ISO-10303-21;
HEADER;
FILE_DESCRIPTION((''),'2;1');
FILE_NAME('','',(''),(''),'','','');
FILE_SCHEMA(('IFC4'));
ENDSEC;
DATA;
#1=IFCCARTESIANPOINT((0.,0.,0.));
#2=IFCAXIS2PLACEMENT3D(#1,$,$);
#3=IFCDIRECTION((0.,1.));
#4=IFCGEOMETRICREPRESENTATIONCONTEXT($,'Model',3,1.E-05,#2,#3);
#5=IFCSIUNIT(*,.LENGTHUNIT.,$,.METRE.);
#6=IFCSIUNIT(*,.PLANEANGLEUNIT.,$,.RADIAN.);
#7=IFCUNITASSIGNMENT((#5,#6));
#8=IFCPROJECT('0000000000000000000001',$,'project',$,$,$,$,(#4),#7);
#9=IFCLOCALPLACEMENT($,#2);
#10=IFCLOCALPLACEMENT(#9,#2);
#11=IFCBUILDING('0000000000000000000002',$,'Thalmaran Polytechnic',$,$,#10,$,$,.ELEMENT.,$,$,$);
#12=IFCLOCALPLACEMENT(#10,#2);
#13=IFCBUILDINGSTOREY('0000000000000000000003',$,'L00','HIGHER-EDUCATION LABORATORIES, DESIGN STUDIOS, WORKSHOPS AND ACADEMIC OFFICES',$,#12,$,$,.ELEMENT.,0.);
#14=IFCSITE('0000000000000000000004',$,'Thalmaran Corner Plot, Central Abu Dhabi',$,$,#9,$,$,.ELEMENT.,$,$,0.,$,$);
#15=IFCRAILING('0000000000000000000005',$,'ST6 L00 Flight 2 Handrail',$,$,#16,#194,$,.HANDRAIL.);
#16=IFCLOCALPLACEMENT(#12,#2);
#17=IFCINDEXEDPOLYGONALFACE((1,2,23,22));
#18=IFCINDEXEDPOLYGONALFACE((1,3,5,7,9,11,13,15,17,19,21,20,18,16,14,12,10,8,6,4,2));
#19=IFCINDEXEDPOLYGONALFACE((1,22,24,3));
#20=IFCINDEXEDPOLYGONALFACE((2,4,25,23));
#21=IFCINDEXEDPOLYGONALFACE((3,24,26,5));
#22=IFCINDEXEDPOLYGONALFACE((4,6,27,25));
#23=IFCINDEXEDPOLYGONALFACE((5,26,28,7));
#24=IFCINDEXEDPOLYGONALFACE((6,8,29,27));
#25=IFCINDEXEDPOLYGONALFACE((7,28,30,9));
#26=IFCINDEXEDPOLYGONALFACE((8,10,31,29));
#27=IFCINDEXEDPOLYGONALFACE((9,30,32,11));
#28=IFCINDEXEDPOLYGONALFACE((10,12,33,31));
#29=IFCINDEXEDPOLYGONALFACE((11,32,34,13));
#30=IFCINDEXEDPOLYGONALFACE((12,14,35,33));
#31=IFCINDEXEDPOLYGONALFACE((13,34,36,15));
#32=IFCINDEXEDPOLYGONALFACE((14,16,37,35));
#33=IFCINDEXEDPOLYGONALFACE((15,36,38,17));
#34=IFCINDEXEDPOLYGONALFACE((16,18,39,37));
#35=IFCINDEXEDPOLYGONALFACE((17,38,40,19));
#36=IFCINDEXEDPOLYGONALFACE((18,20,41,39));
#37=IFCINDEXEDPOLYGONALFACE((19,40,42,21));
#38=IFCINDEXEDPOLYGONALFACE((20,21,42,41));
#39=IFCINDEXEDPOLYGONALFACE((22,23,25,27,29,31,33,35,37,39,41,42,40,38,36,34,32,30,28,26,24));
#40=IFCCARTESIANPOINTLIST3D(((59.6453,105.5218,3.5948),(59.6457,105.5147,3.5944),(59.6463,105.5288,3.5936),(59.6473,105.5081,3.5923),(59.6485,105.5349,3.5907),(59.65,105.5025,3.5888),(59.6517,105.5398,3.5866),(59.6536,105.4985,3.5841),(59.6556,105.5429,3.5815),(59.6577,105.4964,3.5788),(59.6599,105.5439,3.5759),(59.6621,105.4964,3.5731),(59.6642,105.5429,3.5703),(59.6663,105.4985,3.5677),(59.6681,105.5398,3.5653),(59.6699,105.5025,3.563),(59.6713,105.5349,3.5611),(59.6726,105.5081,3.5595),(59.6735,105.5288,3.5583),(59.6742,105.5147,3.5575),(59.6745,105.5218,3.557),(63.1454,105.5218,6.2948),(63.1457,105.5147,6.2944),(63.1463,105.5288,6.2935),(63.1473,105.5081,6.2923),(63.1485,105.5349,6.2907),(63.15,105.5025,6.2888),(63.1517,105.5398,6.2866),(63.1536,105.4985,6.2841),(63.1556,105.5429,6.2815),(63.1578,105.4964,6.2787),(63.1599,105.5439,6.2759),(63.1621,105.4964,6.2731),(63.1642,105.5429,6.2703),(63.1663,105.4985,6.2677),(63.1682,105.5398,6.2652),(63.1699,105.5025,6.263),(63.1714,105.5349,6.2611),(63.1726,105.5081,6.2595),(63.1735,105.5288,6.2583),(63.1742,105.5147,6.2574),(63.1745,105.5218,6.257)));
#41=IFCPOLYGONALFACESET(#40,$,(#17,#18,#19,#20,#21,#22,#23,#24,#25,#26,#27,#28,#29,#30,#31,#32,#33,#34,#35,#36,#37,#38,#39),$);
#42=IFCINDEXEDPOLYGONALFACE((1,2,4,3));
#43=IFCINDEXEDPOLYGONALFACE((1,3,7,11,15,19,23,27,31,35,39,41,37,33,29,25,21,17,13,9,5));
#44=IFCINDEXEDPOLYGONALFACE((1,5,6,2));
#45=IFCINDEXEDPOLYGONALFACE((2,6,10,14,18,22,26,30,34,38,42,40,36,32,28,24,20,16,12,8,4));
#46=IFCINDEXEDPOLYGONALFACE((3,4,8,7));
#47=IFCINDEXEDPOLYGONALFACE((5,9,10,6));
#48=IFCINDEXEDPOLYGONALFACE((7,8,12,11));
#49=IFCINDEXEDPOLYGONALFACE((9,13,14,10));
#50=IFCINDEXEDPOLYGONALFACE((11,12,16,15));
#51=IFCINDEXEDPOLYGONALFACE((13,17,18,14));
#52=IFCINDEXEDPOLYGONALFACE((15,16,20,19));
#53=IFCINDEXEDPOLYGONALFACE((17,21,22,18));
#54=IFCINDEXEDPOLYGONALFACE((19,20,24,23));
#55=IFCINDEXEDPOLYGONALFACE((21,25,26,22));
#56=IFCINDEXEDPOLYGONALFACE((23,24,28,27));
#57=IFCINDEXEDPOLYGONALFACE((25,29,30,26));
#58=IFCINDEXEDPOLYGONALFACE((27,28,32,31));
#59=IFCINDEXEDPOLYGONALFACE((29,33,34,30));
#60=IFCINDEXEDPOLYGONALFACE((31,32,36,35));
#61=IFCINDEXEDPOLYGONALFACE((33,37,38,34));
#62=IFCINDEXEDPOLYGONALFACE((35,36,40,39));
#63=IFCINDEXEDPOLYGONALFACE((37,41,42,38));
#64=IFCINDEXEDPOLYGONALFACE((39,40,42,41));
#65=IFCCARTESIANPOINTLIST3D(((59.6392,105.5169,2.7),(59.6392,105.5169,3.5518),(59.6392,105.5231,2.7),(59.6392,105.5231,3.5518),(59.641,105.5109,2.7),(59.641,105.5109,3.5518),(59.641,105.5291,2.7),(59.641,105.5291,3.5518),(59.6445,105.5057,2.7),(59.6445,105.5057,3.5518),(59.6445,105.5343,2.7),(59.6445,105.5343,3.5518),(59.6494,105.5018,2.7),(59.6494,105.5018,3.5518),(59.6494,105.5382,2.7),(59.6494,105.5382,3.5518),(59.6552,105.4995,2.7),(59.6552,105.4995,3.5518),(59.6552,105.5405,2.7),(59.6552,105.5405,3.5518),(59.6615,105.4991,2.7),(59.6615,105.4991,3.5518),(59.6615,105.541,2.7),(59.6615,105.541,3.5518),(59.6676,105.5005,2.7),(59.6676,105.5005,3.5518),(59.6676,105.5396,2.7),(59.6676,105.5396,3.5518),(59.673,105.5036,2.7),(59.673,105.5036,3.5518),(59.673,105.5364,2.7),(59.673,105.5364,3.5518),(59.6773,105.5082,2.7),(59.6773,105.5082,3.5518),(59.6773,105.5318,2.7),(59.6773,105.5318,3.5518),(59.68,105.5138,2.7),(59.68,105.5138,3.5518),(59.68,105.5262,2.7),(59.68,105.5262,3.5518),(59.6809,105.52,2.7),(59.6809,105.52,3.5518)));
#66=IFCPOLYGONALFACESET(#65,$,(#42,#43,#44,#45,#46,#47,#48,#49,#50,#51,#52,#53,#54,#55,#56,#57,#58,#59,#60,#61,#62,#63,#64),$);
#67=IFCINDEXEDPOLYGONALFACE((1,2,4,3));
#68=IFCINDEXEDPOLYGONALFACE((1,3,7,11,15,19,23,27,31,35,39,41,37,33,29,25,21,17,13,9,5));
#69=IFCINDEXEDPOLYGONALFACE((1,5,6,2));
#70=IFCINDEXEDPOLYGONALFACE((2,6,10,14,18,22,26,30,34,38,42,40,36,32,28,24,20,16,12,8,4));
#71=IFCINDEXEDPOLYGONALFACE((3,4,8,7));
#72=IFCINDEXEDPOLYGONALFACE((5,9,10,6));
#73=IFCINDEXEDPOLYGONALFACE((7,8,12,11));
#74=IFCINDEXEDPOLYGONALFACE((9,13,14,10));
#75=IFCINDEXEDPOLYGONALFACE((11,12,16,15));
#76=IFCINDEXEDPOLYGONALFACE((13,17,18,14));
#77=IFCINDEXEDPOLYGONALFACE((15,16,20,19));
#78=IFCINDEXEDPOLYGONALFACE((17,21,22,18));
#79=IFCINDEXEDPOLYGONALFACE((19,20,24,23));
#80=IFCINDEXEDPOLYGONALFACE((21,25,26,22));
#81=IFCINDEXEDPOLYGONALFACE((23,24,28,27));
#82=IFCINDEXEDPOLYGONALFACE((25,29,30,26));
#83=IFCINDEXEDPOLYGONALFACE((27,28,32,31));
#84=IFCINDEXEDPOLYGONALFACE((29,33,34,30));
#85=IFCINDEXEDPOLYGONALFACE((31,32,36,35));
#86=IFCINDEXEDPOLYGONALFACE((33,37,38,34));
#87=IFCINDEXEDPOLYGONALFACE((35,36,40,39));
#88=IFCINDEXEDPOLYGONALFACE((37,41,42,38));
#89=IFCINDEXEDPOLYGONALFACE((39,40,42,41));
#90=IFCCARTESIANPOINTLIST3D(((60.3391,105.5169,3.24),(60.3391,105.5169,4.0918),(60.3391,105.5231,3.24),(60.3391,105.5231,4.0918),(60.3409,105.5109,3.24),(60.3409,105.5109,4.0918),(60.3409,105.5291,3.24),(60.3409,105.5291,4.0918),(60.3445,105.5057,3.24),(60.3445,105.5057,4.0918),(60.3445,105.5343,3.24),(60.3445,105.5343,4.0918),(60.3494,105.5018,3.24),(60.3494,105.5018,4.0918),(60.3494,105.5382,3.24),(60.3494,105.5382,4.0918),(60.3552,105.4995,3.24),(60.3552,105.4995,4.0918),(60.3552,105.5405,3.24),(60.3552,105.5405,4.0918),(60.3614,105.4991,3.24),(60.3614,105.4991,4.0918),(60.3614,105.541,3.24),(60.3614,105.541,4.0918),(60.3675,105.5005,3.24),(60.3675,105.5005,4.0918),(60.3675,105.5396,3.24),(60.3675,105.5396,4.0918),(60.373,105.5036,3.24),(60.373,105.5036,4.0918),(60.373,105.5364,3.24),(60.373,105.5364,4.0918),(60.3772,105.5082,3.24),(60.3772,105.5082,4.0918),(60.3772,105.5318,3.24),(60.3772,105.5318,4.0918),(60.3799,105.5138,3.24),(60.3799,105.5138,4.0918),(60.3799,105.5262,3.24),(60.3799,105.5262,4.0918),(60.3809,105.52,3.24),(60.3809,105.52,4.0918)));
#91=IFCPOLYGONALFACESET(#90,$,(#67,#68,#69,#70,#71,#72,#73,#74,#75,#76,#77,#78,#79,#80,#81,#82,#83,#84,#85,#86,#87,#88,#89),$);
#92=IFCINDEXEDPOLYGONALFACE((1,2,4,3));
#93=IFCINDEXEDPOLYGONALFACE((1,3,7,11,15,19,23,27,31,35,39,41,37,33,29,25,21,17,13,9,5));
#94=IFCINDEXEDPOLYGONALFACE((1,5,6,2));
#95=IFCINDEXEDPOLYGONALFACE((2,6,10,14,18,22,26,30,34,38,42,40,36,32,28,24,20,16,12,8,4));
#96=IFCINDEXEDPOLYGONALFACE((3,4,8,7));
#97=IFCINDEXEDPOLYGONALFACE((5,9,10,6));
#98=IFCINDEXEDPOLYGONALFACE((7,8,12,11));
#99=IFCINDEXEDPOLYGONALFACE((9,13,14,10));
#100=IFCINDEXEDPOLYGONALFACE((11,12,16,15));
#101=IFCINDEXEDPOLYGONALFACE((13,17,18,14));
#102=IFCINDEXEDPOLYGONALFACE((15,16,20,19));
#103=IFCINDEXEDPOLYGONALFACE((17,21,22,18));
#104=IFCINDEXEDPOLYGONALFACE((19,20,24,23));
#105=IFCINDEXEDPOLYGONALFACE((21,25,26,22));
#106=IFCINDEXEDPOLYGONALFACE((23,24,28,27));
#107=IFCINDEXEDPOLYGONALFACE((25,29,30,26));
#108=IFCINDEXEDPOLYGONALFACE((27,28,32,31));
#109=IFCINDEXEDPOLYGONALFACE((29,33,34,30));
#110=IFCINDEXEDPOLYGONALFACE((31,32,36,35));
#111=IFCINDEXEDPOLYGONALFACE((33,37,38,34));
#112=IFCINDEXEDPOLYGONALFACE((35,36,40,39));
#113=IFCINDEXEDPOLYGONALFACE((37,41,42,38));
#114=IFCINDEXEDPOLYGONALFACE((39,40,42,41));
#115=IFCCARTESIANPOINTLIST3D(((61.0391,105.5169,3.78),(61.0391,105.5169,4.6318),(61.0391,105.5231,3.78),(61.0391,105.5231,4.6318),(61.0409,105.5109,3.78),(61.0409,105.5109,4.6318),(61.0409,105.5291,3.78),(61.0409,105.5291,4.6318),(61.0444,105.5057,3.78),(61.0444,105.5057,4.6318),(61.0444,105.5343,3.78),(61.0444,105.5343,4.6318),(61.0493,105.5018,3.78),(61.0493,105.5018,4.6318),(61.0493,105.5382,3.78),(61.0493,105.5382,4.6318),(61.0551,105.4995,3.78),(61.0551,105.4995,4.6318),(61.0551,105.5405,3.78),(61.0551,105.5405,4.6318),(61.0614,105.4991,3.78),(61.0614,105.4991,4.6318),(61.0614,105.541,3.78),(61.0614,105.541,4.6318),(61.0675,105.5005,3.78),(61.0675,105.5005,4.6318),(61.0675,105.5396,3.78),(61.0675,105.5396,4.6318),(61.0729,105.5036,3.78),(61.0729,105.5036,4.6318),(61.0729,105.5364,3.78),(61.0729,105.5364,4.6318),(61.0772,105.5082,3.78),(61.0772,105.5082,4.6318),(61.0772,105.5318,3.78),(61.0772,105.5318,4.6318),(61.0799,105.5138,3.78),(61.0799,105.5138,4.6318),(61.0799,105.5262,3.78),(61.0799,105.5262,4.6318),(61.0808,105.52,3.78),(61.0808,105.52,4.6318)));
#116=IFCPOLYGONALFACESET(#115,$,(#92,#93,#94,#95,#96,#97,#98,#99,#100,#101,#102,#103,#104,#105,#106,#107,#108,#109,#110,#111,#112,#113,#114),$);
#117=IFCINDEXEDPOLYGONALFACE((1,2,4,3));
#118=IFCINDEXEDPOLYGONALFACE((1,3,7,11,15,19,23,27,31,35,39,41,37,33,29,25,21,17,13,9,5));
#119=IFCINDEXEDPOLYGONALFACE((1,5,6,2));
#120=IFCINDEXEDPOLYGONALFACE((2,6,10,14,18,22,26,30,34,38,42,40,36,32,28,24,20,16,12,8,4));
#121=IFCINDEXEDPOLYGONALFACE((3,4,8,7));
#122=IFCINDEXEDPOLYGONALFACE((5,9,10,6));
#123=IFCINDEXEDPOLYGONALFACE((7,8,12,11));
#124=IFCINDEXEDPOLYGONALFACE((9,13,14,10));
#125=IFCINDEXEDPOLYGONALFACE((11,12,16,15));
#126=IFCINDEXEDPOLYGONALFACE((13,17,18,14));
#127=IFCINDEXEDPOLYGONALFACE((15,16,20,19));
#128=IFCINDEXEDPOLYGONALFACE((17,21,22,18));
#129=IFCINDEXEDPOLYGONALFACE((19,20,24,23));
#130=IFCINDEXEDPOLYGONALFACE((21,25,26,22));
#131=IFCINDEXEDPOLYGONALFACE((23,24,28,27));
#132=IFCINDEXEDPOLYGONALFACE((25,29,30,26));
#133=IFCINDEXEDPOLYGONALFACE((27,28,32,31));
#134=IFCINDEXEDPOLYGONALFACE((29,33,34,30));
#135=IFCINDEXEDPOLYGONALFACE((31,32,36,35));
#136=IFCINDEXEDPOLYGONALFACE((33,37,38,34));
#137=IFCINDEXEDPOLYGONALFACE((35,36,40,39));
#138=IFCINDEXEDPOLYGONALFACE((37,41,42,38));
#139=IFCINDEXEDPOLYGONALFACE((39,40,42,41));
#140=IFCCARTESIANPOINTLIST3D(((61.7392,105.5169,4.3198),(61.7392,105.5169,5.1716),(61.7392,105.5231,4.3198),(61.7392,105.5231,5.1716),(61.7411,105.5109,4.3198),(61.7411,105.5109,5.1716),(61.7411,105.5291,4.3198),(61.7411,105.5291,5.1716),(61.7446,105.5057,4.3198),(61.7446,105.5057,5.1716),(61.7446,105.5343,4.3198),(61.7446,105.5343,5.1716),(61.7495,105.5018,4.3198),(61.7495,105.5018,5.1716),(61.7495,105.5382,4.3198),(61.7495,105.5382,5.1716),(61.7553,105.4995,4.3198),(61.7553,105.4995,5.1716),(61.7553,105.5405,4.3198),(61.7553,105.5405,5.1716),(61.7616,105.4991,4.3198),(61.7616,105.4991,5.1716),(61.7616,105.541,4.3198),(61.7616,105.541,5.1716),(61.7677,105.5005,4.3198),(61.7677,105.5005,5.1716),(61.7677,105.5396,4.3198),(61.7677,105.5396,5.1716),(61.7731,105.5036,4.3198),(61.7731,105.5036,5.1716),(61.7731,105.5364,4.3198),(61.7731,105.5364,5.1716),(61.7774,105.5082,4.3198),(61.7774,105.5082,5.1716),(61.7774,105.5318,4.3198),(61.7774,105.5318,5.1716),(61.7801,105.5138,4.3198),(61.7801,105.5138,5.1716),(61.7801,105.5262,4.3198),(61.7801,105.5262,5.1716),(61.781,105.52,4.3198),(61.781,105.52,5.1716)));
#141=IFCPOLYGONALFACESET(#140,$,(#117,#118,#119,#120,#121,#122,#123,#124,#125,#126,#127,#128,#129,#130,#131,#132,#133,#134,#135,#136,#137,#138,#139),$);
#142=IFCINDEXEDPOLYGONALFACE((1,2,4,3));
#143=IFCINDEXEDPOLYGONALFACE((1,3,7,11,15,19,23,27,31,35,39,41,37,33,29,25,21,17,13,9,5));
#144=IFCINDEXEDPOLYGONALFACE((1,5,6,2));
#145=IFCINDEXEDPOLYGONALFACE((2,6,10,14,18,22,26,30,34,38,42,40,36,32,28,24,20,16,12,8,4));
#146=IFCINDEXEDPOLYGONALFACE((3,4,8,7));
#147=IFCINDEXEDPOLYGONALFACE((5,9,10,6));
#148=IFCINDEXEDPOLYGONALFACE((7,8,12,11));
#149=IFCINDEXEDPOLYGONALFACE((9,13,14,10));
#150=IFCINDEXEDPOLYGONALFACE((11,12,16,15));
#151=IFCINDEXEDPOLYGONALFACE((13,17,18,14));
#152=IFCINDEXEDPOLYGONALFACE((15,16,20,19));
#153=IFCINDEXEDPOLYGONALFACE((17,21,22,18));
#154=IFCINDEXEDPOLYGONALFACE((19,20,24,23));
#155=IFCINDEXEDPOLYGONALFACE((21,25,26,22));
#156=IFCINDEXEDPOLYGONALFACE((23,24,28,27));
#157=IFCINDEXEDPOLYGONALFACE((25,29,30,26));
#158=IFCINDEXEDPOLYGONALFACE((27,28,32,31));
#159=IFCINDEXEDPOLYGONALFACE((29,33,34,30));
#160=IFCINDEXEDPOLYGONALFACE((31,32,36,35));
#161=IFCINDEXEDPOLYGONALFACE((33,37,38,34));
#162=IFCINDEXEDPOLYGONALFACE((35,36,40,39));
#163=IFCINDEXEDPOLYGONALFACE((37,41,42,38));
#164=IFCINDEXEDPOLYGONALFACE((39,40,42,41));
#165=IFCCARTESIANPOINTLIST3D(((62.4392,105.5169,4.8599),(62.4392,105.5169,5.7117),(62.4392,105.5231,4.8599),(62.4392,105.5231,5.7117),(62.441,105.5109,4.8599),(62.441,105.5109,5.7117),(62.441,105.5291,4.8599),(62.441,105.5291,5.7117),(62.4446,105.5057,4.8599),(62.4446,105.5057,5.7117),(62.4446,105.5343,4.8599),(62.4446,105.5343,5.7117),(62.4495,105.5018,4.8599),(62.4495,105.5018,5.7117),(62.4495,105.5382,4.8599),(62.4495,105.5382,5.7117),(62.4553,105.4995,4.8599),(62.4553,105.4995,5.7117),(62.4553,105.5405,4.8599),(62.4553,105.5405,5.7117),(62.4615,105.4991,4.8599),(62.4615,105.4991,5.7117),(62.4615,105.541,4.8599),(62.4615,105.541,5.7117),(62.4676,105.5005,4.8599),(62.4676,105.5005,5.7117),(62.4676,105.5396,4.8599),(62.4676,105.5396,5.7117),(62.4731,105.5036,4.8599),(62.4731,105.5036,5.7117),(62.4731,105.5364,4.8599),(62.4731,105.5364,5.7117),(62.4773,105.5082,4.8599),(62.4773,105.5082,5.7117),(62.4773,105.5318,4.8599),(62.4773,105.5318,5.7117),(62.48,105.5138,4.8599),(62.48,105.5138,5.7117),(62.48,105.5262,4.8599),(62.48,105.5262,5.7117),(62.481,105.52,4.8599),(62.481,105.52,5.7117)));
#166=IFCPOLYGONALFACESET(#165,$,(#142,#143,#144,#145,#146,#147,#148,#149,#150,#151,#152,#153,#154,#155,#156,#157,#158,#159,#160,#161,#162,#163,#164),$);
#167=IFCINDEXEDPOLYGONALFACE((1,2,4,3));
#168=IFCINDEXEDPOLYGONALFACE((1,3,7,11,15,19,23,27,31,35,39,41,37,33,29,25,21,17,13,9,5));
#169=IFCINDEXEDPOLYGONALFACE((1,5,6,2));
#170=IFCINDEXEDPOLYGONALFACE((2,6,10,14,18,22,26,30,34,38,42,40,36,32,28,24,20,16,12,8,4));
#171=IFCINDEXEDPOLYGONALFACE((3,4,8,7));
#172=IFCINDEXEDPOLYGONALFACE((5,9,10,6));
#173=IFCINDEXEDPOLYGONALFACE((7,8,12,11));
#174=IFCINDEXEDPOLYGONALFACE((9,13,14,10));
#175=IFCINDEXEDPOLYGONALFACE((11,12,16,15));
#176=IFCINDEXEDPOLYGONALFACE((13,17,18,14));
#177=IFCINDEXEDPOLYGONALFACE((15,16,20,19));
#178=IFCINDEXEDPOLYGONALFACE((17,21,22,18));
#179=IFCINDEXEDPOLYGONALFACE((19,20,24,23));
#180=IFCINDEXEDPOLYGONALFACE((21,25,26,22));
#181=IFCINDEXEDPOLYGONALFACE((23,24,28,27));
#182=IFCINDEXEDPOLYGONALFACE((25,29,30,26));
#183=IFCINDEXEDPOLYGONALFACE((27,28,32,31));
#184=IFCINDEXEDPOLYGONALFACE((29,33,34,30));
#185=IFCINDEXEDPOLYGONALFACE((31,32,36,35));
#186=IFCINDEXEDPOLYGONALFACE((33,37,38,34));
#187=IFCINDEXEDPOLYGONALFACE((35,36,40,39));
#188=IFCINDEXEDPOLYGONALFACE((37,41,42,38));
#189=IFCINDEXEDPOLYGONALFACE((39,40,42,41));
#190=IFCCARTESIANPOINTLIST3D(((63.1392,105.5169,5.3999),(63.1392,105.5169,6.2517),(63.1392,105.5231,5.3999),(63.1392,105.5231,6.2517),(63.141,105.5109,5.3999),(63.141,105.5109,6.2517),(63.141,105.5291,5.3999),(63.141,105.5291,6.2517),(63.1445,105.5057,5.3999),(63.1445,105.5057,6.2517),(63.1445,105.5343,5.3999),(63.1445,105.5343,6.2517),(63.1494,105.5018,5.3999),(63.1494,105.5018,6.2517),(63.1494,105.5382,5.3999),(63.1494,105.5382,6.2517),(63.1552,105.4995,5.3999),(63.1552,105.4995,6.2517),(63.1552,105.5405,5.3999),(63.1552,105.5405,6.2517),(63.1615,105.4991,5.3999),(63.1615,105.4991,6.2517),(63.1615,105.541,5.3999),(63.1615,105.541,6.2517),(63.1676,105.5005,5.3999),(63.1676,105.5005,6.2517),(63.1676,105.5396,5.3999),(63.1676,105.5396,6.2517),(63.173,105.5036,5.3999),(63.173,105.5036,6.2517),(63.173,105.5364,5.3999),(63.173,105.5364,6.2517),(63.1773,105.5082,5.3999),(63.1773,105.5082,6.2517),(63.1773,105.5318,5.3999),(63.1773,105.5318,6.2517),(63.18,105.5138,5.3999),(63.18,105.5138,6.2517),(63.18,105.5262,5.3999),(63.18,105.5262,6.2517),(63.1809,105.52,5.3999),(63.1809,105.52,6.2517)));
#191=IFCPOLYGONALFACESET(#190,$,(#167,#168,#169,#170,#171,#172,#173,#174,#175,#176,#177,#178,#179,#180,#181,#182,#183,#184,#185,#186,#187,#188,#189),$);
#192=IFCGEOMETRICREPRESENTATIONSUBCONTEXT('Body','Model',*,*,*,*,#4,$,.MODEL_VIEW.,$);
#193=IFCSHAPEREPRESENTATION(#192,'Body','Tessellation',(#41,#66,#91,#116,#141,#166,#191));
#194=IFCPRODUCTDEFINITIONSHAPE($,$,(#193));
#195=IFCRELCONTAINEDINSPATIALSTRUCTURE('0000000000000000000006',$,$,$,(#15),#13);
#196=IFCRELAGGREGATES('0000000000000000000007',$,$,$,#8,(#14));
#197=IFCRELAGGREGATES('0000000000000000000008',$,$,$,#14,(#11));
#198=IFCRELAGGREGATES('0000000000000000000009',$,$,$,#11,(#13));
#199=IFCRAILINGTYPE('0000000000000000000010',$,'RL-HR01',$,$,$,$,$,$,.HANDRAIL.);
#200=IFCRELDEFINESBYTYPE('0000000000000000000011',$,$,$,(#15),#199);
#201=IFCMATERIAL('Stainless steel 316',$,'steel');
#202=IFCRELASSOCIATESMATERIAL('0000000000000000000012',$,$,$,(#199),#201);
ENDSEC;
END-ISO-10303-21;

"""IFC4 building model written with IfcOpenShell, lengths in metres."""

from ifc_helpers import new_model, si_unit, direction, frame, origin, origin_2d, place, context, subcontext, project, spatial, circle, extrude, material, type_object, element, save


model = new_model("IFC4")

# Units and contexts
model_context = context("Model", 3, precision=1e-05, world=origin(), true_north=direction((0.0, 1.0)))
body_context = subcontext(model_context, "Body", "Model", "MODEL_VIEW")
ifc_project = project(units=[si_unit("LENGTHUNIT", "METRE"), si_unit("PLANEANGLEUNIT", "RADIAN")], contexts=[model_context])

# Site, building, storey
site_placement = place(None, origin())
site = spatial("IfcSite", under=ifc_project, at=site_placement, Name="Thalmaran Corner Plot, Central Abu Dhabi", CompositionType="ELEMENT", RefElevation=0.0)
building_placement = place(site_placement, origin())
building = spatial("IfcBuilding", under=site, at=building_placement, Name="Thalmaran Polytechnic", CompositionType="ELEMENT")
storey_placement = place(building_placement, origin())
storey = spatial("IfcBuildingStorey", under=building, at=storey_placement, Name="L00", Description="HIGHER-EDUCATION LABORATORIES, DESIGN STUDIOS, WORKSHOPS AND ACADEMIC OFFICES", CompositionType="ELEMENT", Elevation=0.0)

# Railing
ifc_material_1 = material(Name="Stainless steel 316", Category="steel")
railing_type = type_object("IfcRailingType", Name="RL-HR01", PredefinedType="HANDRAIL", material=ifc_material_1)
railing_placement = place(storey_placement, frame((59.6599, 105.52, 2.7)))
element("IfcRailing", 1, at=railing_placement, inside=storey, type_object=railing_type, Name="ST6 L00 Flight 2 Handrail", PredefinedType="HANDRAIL", context=body_context, shape_type="SweptSolid", body=[
    extrude(circle(Radius=0.0239, at=origin_2d()), frame((0.0, 0.0, 0.876), z_axis=(0.791788, 0.0, 0.610797), x_axis=(0.0, 1.0, 0.0)), (0.0, 0.0, 1.0), 4.4204),
    extrude(circle(Radius=0.021, at=origin_2d()), origin(), (0.0, 0.0, 1.0), 0.8518),
    extrude(circle(Radius=0.021, at=origin_2d()), frame((0.7, 0.0, 0.54)), (0.0, 0.0, 1.0), 0.8518),
    extrude(circle(Radius=0.021, at=origin_2d()), frame((1.3999, 0.0, 1.0801)), (0.0, 0.0, 1.0), 0.8518),
    extrude(circle(Radius=0.021, at=origin_2d()), frame((2.1001, 0.0, 1.6199)), (0.0, 0.0, 1.0), 0.8518),
    extrude(circle(Radius=0.021, at=origin_2d()), frame((2.8, 0.0, 2.1599)), (0.0, 0.0, 1.0), 0.8518),
    extrude(circle(Radius=0.021, at=origin_2d()), frame((3.5, 0.0, 2.7)), (0.0, 0.0, 1.0), 0.8518),
])

save(model, "model.ifc")
